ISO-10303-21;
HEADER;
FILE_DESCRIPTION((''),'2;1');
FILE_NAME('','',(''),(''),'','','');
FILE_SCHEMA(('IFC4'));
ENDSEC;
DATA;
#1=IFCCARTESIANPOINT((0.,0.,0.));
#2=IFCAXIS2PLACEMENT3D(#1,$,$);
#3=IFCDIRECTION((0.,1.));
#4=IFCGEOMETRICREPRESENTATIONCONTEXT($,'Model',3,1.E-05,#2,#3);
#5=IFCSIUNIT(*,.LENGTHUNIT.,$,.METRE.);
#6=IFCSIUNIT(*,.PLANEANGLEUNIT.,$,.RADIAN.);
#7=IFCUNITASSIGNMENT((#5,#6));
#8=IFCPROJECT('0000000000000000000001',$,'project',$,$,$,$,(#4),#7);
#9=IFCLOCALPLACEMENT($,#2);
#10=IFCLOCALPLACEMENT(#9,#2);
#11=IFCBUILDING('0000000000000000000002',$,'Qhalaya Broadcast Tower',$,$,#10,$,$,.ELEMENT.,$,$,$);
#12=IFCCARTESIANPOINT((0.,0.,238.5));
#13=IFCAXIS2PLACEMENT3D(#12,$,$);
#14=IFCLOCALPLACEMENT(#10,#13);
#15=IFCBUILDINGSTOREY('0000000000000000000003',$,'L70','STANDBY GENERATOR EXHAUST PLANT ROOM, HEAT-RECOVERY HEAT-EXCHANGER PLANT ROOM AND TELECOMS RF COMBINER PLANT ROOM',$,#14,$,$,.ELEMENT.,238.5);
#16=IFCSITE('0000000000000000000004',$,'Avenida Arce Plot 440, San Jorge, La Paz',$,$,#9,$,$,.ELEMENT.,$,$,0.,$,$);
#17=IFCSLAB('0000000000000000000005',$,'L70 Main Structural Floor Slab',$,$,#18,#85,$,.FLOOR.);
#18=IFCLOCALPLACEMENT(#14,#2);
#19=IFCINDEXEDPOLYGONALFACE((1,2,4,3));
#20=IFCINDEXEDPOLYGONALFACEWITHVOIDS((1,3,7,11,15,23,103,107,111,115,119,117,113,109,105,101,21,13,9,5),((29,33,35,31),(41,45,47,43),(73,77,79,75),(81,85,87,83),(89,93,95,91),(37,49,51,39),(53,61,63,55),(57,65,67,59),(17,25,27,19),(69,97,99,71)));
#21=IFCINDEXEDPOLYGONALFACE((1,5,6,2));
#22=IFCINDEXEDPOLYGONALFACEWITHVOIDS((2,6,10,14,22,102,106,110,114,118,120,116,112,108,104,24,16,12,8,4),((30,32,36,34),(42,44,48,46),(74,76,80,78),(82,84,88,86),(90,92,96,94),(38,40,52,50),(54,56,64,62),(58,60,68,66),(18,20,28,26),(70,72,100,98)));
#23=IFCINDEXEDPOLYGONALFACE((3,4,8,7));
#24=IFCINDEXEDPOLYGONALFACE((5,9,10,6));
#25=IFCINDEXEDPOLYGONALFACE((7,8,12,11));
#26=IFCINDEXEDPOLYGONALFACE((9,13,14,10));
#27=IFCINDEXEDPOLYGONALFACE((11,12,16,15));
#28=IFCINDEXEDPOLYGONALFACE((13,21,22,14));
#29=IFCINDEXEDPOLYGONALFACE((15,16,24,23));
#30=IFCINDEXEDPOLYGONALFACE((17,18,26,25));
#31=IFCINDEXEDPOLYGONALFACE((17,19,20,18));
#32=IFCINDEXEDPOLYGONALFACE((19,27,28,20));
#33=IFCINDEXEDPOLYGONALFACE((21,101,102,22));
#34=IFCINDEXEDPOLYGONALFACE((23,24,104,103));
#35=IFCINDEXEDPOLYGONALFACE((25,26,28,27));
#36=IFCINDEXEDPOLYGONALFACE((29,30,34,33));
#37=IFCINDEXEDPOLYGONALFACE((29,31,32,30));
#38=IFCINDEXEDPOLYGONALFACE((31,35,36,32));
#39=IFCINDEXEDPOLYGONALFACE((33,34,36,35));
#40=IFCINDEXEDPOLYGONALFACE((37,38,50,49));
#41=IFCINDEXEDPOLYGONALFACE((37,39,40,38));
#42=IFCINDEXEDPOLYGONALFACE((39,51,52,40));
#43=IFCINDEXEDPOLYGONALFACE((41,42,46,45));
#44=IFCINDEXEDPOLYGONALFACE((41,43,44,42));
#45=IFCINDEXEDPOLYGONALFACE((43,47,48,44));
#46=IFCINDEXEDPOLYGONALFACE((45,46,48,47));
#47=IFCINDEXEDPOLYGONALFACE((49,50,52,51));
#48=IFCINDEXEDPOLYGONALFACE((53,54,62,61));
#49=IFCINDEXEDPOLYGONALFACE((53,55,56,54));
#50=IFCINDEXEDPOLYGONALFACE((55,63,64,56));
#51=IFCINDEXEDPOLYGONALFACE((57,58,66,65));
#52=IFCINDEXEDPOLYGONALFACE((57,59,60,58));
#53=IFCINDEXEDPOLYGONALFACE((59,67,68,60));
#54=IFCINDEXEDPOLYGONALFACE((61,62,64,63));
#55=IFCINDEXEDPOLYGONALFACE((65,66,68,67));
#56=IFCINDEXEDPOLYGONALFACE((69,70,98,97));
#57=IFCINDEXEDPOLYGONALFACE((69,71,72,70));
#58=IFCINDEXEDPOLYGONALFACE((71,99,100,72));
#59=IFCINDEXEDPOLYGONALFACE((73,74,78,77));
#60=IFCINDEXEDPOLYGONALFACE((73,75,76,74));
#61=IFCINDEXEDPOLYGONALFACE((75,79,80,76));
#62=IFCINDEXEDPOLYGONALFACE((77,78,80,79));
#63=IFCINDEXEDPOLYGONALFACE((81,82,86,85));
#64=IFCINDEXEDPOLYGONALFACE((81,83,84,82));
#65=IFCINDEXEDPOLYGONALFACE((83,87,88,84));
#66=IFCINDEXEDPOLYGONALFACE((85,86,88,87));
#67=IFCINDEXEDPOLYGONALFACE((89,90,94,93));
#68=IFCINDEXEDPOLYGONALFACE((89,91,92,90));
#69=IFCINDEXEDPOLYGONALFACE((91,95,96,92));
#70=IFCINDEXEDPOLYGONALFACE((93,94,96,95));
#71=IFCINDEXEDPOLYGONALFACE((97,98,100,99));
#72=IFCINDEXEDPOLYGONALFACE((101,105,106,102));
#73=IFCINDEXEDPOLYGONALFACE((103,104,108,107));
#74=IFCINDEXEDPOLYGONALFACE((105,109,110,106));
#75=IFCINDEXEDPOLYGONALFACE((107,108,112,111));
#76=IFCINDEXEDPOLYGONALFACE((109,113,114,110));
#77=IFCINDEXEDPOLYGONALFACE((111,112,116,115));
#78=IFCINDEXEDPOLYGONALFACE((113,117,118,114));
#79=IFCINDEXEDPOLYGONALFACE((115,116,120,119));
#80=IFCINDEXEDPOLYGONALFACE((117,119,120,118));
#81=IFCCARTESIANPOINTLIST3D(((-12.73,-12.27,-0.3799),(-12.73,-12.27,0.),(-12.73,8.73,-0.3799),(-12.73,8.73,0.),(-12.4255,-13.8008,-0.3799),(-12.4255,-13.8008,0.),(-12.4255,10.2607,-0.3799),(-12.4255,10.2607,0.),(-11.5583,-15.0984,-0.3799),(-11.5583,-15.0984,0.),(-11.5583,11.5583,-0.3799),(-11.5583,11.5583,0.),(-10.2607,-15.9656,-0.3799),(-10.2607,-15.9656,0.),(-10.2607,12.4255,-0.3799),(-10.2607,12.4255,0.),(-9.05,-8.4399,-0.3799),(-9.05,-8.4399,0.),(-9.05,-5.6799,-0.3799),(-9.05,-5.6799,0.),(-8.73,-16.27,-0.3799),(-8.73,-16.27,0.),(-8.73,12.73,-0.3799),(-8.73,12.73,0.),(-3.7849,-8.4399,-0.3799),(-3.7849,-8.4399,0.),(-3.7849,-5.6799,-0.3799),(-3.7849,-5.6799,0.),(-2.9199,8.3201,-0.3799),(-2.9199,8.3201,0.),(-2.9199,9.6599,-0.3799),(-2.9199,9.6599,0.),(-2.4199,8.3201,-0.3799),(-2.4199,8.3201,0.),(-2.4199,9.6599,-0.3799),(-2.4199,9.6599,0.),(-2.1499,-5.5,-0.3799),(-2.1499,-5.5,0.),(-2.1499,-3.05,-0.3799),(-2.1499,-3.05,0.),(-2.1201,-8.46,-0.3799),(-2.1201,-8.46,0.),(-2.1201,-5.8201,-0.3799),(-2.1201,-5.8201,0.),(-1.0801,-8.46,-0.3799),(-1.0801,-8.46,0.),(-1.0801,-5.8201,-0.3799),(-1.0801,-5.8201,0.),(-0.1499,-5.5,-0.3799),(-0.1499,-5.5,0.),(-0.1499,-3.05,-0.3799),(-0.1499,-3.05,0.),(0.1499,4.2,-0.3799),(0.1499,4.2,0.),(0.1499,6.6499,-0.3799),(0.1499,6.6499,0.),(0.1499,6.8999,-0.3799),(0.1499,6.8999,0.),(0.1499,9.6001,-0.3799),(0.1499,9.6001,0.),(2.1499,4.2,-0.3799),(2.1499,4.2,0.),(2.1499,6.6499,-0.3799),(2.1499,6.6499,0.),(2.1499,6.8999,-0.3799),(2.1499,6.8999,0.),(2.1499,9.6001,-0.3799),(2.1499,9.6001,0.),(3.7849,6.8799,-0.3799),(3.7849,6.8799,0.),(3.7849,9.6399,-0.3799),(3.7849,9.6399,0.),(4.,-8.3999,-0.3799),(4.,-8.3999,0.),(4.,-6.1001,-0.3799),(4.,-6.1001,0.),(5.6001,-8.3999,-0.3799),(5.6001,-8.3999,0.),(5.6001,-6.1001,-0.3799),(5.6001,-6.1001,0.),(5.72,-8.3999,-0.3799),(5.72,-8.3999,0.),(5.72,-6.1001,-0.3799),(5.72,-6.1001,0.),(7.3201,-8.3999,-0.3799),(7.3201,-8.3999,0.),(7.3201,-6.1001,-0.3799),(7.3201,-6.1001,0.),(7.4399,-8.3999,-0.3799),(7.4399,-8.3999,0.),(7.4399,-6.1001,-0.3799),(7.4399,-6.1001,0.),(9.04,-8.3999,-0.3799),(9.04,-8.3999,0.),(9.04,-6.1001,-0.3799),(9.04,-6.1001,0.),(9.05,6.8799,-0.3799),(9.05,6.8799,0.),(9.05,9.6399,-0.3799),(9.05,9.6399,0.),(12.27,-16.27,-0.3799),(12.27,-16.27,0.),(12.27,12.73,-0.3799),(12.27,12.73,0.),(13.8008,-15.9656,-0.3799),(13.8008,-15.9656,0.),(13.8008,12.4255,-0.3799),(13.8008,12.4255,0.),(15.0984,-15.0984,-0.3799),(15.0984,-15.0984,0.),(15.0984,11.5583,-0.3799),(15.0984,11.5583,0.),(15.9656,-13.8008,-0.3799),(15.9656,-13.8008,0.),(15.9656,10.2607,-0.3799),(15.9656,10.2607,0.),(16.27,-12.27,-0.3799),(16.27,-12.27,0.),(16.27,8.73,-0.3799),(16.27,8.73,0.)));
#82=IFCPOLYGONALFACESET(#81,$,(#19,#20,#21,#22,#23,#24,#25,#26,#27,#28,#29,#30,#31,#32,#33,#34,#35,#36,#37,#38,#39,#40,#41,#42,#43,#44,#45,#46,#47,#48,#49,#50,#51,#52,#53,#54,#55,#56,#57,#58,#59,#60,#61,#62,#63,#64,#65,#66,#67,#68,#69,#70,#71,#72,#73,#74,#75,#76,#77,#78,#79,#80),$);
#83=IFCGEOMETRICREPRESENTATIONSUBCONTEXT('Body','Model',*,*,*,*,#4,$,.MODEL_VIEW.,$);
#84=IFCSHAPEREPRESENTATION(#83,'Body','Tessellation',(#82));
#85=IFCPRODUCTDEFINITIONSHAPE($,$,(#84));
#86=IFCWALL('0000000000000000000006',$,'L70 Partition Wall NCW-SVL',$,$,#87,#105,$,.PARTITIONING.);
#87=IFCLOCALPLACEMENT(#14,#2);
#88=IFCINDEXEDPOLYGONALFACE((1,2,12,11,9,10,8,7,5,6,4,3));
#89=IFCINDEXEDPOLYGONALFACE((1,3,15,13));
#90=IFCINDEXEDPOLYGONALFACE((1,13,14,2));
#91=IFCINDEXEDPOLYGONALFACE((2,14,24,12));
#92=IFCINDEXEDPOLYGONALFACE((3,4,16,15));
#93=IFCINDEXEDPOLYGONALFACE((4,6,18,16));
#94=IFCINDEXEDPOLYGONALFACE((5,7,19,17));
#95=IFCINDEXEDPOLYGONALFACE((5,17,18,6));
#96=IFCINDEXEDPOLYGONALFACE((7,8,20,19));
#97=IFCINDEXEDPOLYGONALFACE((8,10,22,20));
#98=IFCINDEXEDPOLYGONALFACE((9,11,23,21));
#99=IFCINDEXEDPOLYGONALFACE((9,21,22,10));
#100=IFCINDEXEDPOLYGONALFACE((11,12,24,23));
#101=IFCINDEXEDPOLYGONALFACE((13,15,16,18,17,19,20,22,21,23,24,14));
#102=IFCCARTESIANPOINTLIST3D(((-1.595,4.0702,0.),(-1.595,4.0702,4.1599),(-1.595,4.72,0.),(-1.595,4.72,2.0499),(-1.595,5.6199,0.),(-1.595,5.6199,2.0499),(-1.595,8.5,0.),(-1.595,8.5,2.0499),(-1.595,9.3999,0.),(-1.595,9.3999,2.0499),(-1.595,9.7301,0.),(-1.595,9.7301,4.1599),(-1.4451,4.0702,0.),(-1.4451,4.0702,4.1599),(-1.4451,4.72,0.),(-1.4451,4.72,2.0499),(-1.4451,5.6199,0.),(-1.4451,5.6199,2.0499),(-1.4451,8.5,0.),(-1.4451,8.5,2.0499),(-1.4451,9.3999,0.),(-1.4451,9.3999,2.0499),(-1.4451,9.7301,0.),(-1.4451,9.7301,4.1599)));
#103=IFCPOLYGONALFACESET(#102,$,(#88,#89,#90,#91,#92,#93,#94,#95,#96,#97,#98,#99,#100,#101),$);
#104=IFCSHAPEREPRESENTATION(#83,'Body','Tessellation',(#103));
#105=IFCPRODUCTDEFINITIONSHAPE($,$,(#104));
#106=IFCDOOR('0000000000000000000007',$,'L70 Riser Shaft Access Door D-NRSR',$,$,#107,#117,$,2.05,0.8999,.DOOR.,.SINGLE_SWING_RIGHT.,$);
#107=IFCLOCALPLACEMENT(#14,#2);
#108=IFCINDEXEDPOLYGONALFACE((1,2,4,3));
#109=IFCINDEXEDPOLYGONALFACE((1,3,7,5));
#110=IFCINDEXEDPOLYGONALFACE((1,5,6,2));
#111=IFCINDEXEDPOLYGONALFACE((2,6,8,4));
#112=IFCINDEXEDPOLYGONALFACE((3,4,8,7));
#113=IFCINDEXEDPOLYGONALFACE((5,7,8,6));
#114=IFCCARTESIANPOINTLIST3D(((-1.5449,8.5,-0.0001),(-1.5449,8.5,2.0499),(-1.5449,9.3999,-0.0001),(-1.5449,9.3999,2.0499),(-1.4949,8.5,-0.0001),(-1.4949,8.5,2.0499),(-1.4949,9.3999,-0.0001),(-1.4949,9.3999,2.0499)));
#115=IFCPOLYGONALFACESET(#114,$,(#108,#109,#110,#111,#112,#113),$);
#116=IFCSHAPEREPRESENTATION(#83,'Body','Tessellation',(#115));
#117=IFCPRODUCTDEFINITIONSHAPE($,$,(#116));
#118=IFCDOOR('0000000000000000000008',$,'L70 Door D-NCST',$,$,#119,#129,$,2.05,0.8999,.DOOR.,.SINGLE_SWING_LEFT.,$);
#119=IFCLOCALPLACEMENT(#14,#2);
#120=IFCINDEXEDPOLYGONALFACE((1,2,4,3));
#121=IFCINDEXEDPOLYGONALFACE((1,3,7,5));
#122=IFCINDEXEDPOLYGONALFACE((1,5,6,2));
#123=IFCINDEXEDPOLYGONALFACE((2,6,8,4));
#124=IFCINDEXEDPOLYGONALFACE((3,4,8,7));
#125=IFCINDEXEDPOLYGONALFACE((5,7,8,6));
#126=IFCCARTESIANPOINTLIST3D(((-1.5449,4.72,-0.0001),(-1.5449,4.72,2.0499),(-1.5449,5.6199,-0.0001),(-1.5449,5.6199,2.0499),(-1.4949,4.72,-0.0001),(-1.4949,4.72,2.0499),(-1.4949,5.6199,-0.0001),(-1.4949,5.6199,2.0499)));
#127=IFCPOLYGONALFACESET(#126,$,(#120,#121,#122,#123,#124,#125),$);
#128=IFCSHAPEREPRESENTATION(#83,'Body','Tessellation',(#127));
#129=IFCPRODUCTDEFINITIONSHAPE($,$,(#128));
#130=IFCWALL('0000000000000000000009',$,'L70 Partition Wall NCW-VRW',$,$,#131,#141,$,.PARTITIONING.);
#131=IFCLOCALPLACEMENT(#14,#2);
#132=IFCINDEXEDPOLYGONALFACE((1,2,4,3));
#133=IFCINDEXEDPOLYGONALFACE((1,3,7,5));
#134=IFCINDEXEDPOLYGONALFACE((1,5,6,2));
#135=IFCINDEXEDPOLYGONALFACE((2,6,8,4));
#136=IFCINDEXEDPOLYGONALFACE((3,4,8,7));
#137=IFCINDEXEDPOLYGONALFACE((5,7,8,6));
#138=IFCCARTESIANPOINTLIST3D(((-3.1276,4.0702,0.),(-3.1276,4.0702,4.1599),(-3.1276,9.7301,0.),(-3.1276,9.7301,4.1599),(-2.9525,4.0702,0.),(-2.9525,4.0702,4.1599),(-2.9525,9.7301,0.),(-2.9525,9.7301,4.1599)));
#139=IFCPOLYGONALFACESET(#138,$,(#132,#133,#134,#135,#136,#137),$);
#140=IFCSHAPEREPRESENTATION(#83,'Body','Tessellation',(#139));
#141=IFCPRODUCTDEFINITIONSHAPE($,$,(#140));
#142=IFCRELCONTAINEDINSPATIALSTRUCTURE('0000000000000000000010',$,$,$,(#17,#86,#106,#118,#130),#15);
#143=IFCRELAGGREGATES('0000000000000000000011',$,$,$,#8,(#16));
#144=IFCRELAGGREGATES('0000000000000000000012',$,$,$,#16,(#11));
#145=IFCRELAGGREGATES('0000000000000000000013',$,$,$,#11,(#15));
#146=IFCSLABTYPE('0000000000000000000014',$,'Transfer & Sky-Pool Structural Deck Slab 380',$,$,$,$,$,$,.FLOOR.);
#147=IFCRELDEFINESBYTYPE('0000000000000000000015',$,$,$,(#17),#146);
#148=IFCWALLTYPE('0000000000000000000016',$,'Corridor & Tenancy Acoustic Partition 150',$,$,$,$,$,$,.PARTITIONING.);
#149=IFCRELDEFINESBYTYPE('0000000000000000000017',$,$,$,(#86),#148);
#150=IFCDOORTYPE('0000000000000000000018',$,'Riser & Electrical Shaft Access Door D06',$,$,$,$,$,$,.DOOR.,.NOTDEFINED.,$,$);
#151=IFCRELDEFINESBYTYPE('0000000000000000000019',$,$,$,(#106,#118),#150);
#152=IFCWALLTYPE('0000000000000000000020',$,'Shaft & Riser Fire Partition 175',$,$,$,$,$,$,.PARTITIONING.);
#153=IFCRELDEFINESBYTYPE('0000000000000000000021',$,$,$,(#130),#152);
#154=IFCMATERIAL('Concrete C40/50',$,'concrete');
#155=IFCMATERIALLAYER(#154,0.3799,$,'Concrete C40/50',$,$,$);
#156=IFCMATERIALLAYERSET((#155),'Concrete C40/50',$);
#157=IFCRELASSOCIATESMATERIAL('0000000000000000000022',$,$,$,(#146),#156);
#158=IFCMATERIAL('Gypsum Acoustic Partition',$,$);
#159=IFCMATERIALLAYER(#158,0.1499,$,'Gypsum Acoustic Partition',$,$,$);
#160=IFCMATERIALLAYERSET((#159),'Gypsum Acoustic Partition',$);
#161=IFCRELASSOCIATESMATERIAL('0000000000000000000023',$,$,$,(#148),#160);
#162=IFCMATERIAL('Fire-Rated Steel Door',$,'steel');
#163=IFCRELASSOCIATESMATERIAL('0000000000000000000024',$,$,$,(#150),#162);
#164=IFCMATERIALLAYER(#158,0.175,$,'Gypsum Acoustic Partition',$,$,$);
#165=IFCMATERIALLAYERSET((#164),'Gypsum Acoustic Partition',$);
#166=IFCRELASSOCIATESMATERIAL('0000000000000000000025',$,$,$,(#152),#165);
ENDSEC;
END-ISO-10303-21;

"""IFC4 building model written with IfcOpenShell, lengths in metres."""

from ifc_helpers import new_model, si_unit, direction, frame, frame_2d, origin, place, context, subcontext, project, spatial, polyline, rectangle, outline, extrude, material, layer, layer_set, type_object, element, fill, save


model = new_model("IFC4")

# Units and contexts
model_context = context("Model", 3, precision=1e-05, world=origin(), true_north=direction((0.0, 1.0)))
body_context = subcontext(model_context, "Body", "Model", "MODEL_VIEW")
ifc_project = project(units=[si_unit("LENGTHUNIT", "METRE"), si_unit("PLANEANGLEUNIT", "RADIAN")], contexts=[model_context])

# Site, building, storey
site_placement = place(None, origin())
site = spatial("IfcSite", under=ifc_project, at=site_placement, Name="Avenida Arce Plot 440, San Jorge, La Paz", CompositionType="ELEMENT", RefElevation=0.0)
building_placement = place(site_placement, origin())
building = spatial("IfcBuilding", under=site, at=building_placement, Name="Qhalaya Broadcast Tower", CompositionType="ELEMENT")
storey_placement = place(building_placement, frame((0.0, 0.0, 238.5)))
storey = spatial("IfcBuildingStorey", under=building, at=storey_placement, Name="L70", Description="STANDBY GENERATOR EXHAUST PLANT ROOM, HEAT-RECOVERY HEAT-EXCHANGER PLANT ROOM AND TELECOMS RF COMBINER PLANT ROOM", CompositionType="ELEMENT", Elevation=238.5)

# Slab
ifc_material_1 = material(Name="Concrete C40/50", Category="concrete")
ifc_layer_1 = layer(ifc_material_1, 0.3799, Name="Concrete C40/50")
ifc_layer_set_1 = layer_set([ifc_layer_1], Name="Concrete C40/50")
slab_type = type_object("IfcSlabType", Name="Transfer & Sky-Pool Structural Deck Slab 380", PredefinedType="FLOOR", material=ifc_layer_set_1)
slab_placement = place(storey_placement, frame((0.0, 0.0, -0.3799)))
element("IfcSlab", 1, at=slab_placement, inside=storey, type_object=slab_type, Name="L70 Main Structural Floor Slab", PredefinedType="FLOOR", context=body_context, shape_type="SweptSolid", body=[
    extrude(outline(polyline([(12.27, -16.27), (13.8008, -15.9656), (15.0984, -15.0984), (15.9656, -13.8008), (16.27, -12.27), (16.27, 8.73), (15.9656, 10.2607), (15.0984, 11.5583), (13.8008, 12.4255), (12.27, 12.73), (-8.73, 12.73), (-10.2607, 12.4255), (-11.5583, 11.5583), (-12.4255, 10.2607), (-12.73, 8.73), (-12.73, -12.27), (-12.4255, -13.8008), (-11.5583, -15.0984), (-10.2607, -15.9656), (-8.73, -16.27), (12.27, -16.27)]), holes=[polyline([(3.7849, 9.6399), (9.05, 9.6399), (9.05, 6.8799), (3.7849, 6.8799), (3.7849, 9.6399)]), polyline([(-3.7849, -8.4399), (-9.05, -8.4399), (-9.05, -5.6799), (-3.7849, -5.6799), (-3.7849, -8.4399)]), polyline([(0.1499, 6.6499), (2.1499, 6.6499), (2.1499, 4.2), (0.1499, 4.2), (0.1499, 6.6499)]), polyline([(0.1499, 9.6001), (2.1499, 9.6001), (2.1499, 6.8999), (0.1499, 6.8999), (0.1499, 9.6001)]), polyline([(-2.1499, -3.05), (-0.1499, -3.05), (-0.1499, -5.5), (-2.1499, -5.5), (-2.1499, -3.05)]), polyline([(4.0, -6.1001), (5.6001, -6.1001), (5.6001, -8.3999), (4.0, -8.3999), (4.0, -6.1001)]), polyline([(5.72, -6.1001), (7.3201, -6.1001), (7.3201, -8.3999), (5.72, -8.3999), (5.72, -6.1001)]), polyline([(7.4399, -6.1001), (9.04, -6.1001), (9.04, -8.3999), (7.4399, -8.3999), (7.4399, -6.1001)]), polyline([(-2.9199, 9.6599), (-2.4199, 9.6599), (-2.4199, 8.3201), (-2.9199, 8.3201), (-2.9199, 9.6599)]), polyline([(-2.1201, -5.8201), (-1.0801, -5.8201), (-1.0801, -8.46), (-2.1201, -8.46), (-2.1201, -5.8201)])]), origin(), (0.0, 0.0, 1.0), 0.3799),
])

# Wall, openings, doors
ifc_material_2 = material(Name="Gypsum Acoustic Partition")
ifc_layer_2 = layer(ifc_material_2, 0.1499, Name="Gypsum Acoustic Partition")
ifc_layer_set_2 = layer_set([ifc_layer_2], Name="Gypsum Acoustic Partition")
wall_type_1 = type_object("IfcWallType", Name="Corridor & Tenancy Acoustic Partition 150", PredefinedType="PARTITIONING", material=ifc_layer_set_2)
wall_1_placement = place(storey_placement, frame((-1.52, 4.0701, 0.0), z_axis=(0.0, 0.0, 1.0), x_axis=(0.0, 1.0, 0.0)))
wall_1 = element("IfcWall", 2, at=wall_1_placement, inside=storey, type_object=wall_type_1, Name="L70 Partition Wall NCW-SVL", PredefinedType="PARTITIONING", context=body_context, shape_type="SweptSolid", body=[
    extrude(rectangle(XDim=5.6599, YDim=0.1499, at=frame_2d((2.8301, 0.0))), origin(), (0.0, 0.0, 1.0), 4.1599),
])
opening_1_placement = place(wall_1_placement, frame((4.4299, 0.0, 0.0)))
opening_1 = element("IfcOpeningElement", 3, at=opening_1_placement, cuts=wall_1, PredefinedType="OPENING", context=body_context, shape_type="SweptSolid", body=[
    extrude(rectangle(XDim=0.8999, YDim=2.05, at=frame_2d((0.45, 1.0249))), frame((0.0, 0.0869, 0.0), z_axis=(0.0, -1.0, 0.0), x_axis=(1.0, 0.0, 0.0)), (0.0, 0.0, 1.0), 0.1738),
])
opening_2_placement = place(wall_1_placement, frame((0.6499, 0.0, 0.0)))
opening_2 = element("IfcOpeningElement", 4, at=opening_2_placement, cuts=wall_1, PredefinedType="OPENING", context=body_context, shape_type="SweptSolid", body=[
    extrude(rectangle(XDim=0.8999, YDim=2.05, at=frame_2d((0.45, 1.0249))), frame((0.0, 0.0869, 0.0), z_axis=(0.0, -1.0, 0.0), x_axis=(1.0, 0.0, 0.0)), (0.0, 0.0, 1.0), 0.1738),
])
ifc_material_3 = material(Name="Fire-Rated Steel Door", Category="steel")
door_type_1 = type_object("IfcDoorType", Name="Riser & Electrical Shaft Access Door D06", OperationType="NOTDEFINED", PredefinedType="DOOR", material=ifc_material_3)
door_1_placement = place(opening_1_placement, origin())
door_1 = element("IfcDoor", 5, at=door_1_placement, inside=storey, type_object=door_type_1, Name="L70 Riser Shaft Access Door D-NRSR", OperationType="SINGLE_SWING_RIGHT", OverallHeight=2.05, OverallWidth=0.8999, PredefinedType="DOOR", context=body_context, shape_type="SweptSolid", body=[
    extrude(rectangle(XDim=0.8999, YDim=2.05, at=frame_2d((0.45, 1.0249))), frame((0.0, 0.0249, 0.0), z_axis=(0.0, -1.0, 0.0), x_axis=(1.0, 0.0, 0.0)), (0.0, 0.0, 1.0), 0.05),
])
fill(opening_1, door_1)
door_2_placement = place(opening_2_placement, origin())
door_2 = element("IfcDoor", 6, at=door_2_placement, inside=storey, type_object=door_type_1, Name="L70 Door D-NCST", OperationType="SINGLE_SWING_LEFT", OverallHeight=2.05, OverallWidth=0.8999, PredefinedType="DOOR", context=body_context, shape_type="SweptSolid", body=[
    extrude(rectangle(XDim=0.8999, YDim=2.05, at=frame_2d((0.45, 1.0249))), frame((0.0, 0.0249, 0.0), z_axis=(0.0, -1.0, 0.0), x_axis=(1.0, 0.0, 0.0)), (0.0, 0.0, 1.0), 0.05),
])
fill(opening_2, door_2)

# Wall
ifc_layer_3 = layer(ifc_material_2, 0.175, Name="Gypsum Acoustic Partition")
ifc_layer_set_3 = layer_set([ifc_layer_3], Name="Gypsum Acoustic Partition")
wall_type_2 = type_object("IfcWallType", Name="Shaft & Riser Fire Partition 175", PredefinedType="PARTITIONING", material=ifc_layer_set_3)
wall_2_placement = place(storey_placement, frame((-3.04, 4.0701, 0.0), z_axis=(0.0, 0.0, 1.0), x_axis=(0.0, 1.0, 0.0)))
element("IfcWall", 7, at=wall_2_placement, inside=storey, type_object=wall_type_2, Name="L70 Partition Wall NCW-VRW", PredefinedType="PARTITIONING", context=body_context, shape_type="SweptSolid", body=[
    extrude(rectangle(XDim=5.6599, YDim=0.175, at=frame_2d((2.8301, 0.0))), origin(), (0.0, 0.0, 1.0), 4.1599),
])

save(model, "model.ifc")
